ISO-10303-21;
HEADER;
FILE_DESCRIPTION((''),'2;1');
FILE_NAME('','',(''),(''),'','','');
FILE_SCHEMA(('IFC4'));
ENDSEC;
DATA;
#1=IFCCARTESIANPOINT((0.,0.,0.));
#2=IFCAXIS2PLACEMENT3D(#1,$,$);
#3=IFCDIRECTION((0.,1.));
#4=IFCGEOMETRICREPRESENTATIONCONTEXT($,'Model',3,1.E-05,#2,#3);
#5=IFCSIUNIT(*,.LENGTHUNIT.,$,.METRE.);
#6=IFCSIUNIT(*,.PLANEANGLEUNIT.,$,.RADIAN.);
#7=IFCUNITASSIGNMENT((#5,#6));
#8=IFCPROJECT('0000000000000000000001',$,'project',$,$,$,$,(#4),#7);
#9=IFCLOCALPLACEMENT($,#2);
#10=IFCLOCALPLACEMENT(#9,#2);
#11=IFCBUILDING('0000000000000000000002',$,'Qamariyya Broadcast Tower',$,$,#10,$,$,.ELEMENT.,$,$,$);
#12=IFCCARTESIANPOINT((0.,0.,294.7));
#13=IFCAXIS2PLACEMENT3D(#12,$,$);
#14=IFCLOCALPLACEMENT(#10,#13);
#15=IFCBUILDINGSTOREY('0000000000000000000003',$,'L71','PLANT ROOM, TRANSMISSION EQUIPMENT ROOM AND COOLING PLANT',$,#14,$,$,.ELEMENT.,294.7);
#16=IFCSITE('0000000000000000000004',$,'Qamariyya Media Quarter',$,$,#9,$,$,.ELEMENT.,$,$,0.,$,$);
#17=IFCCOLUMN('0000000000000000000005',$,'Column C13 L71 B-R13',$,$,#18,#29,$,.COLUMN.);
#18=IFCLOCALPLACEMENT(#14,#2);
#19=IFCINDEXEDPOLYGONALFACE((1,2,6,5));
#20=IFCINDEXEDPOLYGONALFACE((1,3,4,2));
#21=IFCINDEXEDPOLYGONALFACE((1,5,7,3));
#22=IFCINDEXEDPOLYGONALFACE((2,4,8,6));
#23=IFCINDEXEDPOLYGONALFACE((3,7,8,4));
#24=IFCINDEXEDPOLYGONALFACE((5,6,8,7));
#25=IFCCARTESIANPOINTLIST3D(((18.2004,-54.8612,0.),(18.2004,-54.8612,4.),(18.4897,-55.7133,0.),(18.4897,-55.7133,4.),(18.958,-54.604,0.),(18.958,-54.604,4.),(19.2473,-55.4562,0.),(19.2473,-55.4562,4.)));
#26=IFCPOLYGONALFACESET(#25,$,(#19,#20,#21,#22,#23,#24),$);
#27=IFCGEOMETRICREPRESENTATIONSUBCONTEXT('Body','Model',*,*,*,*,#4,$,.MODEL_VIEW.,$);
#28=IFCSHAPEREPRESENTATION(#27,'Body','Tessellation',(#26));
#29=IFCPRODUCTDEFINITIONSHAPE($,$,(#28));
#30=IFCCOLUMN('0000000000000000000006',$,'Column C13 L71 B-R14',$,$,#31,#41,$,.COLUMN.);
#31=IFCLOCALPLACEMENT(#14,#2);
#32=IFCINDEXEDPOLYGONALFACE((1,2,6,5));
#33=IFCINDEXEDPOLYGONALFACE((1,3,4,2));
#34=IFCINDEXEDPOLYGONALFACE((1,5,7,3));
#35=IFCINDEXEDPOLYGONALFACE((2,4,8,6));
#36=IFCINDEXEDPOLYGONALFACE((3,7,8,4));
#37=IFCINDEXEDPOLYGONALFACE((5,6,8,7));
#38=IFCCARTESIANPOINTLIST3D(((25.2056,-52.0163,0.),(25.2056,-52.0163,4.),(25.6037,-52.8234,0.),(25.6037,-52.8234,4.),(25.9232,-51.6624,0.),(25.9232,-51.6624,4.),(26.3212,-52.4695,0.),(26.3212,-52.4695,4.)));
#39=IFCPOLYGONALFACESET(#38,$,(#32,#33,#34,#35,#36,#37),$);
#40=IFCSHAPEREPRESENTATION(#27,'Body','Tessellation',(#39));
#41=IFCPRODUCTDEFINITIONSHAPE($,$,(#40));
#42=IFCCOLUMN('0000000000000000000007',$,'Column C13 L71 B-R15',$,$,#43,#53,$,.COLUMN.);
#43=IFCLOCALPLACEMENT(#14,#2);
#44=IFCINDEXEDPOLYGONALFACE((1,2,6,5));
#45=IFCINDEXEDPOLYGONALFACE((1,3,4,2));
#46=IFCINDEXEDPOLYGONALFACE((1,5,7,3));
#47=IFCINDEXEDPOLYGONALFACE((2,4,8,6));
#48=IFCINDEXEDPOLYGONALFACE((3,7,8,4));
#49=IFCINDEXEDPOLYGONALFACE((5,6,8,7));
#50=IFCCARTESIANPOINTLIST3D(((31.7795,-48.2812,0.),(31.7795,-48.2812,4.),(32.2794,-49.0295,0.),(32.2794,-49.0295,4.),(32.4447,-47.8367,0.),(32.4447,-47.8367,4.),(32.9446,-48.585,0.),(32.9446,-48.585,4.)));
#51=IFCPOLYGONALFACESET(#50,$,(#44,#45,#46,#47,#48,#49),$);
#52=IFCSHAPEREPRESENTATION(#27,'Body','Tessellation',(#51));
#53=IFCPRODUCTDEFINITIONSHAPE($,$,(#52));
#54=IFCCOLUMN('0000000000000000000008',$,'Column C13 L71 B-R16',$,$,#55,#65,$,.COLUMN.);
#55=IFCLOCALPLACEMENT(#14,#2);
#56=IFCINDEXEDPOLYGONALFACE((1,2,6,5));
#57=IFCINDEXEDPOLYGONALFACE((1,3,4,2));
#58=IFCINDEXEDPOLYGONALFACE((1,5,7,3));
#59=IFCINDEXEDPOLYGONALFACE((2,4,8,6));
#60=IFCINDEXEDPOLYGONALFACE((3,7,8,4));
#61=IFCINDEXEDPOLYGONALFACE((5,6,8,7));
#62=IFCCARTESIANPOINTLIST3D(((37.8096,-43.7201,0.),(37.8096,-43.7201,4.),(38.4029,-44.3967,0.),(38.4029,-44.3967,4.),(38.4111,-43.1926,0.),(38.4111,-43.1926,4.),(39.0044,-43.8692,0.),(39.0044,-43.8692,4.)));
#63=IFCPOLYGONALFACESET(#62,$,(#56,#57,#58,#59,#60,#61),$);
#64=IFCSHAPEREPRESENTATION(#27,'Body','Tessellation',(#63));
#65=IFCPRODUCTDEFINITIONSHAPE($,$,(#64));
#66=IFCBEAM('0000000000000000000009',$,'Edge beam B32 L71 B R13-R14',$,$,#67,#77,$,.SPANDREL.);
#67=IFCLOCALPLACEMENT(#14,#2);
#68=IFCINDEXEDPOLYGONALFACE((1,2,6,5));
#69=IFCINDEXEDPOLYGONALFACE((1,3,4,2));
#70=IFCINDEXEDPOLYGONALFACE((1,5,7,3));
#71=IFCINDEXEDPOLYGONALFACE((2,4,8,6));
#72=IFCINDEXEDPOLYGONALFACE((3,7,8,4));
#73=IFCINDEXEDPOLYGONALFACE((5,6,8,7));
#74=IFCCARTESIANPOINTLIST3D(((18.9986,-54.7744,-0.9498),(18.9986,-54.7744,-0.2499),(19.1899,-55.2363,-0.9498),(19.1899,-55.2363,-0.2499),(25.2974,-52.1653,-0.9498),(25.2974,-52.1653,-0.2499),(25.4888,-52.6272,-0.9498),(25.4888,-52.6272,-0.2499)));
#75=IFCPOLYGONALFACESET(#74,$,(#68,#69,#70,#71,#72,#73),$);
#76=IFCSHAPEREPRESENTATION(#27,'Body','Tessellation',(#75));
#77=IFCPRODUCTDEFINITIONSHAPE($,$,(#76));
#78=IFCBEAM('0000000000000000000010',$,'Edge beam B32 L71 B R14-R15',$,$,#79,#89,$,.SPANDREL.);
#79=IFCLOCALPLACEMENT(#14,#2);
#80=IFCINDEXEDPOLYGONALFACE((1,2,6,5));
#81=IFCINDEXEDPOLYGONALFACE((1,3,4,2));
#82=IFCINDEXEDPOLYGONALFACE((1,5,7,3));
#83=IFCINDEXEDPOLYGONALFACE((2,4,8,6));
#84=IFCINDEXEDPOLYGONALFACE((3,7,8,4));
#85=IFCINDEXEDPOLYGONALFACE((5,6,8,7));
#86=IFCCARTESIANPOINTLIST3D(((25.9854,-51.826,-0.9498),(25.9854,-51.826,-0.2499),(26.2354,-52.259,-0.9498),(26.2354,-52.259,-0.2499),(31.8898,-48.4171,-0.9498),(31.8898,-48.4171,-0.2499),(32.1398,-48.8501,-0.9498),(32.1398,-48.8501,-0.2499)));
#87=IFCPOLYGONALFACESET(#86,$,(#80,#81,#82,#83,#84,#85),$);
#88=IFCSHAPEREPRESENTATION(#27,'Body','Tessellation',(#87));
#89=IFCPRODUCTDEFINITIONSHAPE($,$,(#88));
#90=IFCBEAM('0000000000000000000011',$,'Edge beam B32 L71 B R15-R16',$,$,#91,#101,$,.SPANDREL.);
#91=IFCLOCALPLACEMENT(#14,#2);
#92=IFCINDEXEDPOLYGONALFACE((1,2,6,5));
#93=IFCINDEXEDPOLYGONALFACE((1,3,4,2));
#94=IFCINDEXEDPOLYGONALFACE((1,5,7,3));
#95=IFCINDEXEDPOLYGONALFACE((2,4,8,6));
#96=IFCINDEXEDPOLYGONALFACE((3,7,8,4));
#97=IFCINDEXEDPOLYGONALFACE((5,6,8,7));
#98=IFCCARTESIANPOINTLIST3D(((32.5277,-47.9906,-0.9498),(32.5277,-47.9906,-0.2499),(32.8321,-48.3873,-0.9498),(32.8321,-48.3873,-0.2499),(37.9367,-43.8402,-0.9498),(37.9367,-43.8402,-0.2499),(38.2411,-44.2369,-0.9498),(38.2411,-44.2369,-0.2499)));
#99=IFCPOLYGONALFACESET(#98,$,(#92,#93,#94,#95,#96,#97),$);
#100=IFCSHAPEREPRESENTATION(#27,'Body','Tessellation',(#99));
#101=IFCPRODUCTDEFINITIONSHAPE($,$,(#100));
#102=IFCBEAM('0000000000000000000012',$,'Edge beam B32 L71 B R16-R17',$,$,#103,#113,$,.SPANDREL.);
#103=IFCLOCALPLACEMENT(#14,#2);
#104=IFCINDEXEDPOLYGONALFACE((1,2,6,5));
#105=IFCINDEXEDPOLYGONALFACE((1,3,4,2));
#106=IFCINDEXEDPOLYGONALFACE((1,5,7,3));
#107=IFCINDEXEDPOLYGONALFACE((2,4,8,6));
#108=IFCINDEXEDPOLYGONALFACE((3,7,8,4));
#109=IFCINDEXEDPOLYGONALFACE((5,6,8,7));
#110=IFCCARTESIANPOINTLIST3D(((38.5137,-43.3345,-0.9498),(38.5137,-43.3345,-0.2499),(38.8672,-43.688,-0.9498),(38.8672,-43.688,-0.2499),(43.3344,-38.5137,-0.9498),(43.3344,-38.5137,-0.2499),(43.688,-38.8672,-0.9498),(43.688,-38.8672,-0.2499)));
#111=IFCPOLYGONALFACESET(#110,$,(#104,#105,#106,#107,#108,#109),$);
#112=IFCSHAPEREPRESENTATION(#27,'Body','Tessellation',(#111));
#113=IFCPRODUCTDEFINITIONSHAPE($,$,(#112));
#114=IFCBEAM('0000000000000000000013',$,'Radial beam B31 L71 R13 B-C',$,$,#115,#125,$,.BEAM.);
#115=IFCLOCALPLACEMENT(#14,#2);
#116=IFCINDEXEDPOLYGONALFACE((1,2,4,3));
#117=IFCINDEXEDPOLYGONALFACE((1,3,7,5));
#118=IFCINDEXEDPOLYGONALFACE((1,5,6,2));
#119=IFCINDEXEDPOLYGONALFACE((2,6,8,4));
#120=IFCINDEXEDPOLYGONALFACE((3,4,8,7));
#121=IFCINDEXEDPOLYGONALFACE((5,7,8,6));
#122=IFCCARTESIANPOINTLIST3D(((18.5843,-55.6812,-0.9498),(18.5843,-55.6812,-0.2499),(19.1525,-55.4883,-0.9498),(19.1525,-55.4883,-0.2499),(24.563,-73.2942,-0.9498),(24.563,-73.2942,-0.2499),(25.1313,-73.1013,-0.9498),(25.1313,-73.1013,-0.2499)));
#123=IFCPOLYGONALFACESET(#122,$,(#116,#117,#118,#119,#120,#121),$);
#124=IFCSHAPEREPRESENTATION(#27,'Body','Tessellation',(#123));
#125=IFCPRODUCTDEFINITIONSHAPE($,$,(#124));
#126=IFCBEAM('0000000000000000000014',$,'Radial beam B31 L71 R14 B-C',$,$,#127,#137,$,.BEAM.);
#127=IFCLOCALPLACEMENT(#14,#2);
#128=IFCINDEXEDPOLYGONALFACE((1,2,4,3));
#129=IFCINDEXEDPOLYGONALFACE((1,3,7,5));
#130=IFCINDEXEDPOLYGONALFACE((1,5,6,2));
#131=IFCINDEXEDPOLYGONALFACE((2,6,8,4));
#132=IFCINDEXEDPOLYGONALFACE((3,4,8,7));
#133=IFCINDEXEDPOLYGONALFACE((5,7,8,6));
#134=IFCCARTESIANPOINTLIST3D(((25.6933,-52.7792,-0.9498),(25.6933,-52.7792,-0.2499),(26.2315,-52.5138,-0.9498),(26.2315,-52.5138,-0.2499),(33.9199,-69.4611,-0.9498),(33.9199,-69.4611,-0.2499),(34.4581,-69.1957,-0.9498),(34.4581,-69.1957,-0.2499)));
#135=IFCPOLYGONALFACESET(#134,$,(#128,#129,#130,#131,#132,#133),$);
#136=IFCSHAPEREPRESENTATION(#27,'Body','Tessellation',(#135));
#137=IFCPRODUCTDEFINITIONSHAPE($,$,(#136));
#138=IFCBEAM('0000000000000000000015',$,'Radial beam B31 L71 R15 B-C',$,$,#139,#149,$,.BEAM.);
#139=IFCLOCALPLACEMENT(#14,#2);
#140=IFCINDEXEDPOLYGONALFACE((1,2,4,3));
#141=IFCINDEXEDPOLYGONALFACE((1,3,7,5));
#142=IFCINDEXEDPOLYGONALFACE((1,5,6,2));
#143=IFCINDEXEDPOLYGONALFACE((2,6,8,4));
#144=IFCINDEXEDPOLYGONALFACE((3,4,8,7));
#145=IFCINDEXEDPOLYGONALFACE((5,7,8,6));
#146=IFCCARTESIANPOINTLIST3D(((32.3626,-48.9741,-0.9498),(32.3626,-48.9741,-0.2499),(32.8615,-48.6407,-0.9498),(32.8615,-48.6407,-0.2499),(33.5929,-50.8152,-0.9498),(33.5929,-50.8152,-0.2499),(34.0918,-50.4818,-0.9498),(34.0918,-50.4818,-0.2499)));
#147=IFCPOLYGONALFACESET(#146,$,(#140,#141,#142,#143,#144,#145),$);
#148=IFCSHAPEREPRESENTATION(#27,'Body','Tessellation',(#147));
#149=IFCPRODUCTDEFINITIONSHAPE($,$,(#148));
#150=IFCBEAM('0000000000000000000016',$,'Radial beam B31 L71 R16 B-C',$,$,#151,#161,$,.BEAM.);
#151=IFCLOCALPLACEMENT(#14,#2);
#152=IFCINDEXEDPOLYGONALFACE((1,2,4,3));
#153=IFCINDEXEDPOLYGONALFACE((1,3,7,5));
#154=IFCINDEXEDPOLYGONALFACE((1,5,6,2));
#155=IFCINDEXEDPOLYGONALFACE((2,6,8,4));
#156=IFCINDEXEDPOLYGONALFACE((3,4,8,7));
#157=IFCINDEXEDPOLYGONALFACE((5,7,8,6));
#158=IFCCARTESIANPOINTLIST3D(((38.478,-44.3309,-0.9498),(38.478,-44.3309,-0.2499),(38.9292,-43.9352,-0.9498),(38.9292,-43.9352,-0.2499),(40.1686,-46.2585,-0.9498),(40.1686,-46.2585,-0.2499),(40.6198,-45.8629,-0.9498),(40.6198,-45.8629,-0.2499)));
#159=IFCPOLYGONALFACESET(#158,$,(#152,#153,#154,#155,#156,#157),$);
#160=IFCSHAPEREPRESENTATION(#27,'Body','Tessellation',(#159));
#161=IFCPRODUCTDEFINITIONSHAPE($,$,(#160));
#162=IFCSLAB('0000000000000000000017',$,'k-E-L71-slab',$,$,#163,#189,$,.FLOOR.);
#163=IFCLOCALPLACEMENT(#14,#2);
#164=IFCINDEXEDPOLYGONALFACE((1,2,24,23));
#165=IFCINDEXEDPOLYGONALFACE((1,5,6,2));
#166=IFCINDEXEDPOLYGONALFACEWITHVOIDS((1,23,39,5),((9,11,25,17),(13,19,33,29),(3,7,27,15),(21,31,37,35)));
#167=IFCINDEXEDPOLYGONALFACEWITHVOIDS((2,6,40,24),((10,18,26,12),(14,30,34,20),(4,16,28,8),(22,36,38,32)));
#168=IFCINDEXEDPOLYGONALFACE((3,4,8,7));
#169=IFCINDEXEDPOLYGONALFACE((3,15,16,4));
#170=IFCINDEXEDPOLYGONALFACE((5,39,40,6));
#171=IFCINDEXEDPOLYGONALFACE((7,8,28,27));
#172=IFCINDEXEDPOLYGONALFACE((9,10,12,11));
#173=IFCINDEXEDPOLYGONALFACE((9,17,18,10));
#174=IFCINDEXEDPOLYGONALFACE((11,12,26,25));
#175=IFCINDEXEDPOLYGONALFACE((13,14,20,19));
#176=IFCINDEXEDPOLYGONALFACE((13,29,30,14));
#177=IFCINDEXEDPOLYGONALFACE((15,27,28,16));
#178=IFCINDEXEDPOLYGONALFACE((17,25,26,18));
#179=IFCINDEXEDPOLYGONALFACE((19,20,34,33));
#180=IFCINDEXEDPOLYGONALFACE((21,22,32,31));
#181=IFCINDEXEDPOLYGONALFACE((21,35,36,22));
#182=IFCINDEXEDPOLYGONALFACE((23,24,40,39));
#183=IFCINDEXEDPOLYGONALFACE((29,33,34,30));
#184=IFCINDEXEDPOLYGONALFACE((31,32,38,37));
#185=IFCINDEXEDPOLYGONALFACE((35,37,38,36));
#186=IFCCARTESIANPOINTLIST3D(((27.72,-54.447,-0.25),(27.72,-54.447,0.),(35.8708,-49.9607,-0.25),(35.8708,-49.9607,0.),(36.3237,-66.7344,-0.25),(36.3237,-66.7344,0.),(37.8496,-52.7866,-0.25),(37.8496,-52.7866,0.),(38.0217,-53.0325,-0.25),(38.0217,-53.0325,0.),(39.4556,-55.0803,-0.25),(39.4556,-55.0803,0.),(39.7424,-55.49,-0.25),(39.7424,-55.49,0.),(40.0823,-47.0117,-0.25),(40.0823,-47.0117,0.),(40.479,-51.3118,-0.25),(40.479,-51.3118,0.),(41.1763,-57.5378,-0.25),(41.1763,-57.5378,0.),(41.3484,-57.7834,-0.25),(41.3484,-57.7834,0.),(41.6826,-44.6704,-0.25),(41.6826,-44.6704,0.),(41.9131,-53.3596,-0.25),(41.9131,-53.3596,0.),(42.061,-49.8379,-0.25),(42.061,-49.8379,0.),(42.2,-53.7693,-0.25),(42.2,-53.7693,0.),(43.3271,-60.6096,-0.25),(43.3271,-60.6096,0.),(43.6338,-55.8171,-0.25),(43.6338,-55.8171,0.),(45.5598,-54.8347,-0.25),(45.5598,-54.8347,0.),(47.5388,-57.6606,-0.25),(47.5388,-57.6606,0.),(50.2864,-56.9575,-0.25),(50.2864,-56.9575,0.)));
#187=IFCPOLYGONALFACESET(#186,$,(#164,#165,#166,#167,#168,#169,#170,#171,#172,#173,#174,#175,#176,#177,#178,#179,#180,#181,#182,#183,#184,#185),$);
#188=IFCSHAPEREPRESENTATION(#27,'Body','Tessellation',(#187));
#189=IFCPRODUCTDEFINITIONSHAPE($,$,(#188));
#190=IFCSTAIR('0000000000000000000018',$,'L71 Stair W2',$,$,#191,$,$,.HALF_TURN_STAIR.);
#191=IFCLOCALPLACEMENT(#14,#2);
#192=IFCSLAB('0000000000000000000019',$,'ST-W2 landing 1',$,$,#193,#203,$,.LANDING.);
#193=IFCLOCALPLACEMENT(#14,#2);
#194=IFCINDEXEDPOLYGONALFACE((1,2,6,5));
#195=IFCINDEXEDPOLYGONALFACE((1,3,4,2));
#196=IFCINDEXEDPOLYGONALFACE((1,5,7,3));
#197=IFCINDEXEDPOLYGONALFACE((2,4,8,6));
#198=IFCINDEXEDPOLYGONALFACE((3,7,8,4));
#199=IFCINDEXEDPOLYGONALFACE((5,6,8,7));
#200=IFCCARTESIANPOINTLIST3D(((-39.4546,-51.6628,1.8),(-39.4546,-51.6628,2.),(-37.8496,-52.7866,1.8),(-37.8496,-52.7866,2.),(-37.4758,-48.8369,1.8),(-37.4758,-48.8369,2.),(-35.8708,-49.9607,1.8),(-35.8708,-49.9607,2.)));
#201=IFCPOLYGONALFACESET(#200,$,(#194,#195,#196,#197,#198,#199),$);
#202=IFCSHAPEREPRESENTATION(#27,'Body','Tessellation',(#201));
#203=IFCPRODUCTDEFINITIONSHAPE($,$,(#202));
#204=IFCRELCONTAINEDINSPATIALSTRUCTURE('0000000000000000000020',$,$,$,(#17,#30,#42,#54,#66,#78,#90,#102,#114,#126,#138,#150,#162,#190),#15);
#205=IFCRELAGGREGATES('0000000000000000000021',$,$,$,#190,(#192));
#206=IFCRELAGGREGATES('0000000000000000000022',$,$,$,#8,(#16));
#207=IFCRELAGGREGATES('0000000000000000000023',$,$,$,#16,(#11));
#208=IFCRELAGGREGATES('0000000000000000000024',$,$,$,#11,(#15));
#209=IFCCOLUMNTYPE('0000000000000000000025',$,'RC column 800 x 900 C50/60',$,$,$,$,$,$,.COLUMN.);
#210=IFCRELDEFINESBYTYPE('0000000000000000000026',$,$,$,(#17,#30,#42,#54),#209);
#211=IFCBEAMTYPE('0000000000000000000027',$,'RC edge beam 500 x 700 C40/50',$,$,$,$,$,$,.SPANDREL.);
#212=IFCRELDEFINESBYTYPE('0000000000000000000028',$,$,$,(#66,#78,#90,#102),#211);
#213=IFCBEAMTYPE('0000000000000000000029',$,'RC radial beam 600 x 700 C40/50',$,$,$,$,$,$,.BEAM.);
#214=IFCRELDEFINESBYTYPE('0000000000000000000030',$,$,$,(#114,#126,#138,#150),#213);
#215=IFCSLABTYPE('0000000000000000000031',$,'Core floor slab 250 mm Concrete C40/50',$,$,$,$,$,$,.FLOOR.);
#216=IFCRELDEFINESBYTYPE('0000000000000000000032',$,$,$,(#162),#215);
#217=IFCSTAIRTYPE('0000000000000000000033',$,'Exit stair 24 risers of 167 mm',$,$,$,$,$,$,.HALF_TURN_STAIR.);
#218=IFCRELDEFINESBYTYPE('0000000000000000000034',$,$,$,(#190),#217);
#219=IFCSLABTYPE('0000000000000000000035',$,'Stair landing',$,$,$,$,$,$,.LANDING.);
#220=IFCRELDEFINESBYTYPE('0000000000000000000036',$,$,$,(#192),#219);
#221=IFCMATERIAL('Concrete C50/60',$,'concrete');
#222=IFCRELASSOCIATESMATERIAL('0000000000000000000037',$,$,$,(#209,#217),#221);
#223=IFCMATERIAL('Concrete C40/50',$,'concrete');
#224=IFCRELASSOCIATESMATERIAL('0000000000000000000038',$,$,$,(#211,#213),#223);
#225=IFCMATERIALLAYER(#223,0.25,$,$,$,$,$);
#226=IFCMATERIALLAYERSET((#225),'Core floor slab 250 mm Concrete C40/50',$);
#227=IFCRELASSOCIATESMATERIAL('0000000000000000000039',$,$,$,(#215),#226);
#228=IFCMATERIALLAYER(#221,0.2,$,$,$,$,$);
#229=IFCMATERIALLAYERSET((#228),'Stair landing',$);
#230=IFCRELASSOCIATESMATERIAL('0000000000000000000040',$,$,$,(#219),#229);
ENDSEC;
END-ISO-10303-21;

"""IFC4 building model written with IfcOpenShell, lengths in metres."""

from ifc_helpers import new_model, si_unit, direction, frame, origin, origin_2d, place, context, subcontext, project, spatial, polyline, rectangle, outline, extrude, material, layer, layer_set, material_profile, profile_set, type_object, element, aggregate, save


model = new_model("IFC4")

# Units and contexts
model_context = context("Model", 3, precision=1e-05, world=origin(), true_north=direction((0.0, 1.0)))
body_context = subcontext(model_context, "Body", "Model", "MODEL_VIEW")
ifc_project = project(units=[si_unit("LENGTHUNIT", "METRE"), si_unit("PLANEANGLEUNIT", "RADIAN")], contexts=[model_context])

# Site, building, storey
site_placement = place(None, origin())
site = spatial("IfcSite", under=ifc_project, at=site_placement, Name="Qamariyya Media Quarter", CompositionType="ELEMENT", RefElevation=0.0)
building_placement = place(site_placement, origin())
building = spatial("IfcBuilding", under=site, at=building_placement, Name="Qamariyya Broadcast Tower", CompositionType="ELEMENT")
storey_placement = place(building_placement, frame((0.0, 0.0, 294.7)))
storey = spatial("IfcBuildingStorey", under=building, at=storey_placement, Name="L71", Description="PLANT ROOM, TRANSMISSION EQUIPMENT ROOM AND COOLING PLANT", CompositionType="ELEMENT", Elevation=294.7)

# Columns
ifc_material_1 = material(Name="Concrete C50/60", Category="concrete")
ifc_material_profile_1 = material_profile(ifc_material_1, rectangle(XDim=0.8, YDim=0.8999, at=origin_2d()))
ifc_profile_set_1 = profile_set([ifc_material_profile_1], Name="Concrete C50/60")
column_type = type_object("IfcColumnType", Name="RC column 800 x 900 C50/60", PredefinedType="COLUMN", material=ifc_profile_set_1)
for number, where, z_axis, x_axis, name in (
    (1, (18.7239, -55.1587, 0.0), (0.0, 0.0, 1.0), (0.94693, 0.321439, 0.0), "Column C13 L71 B-R13"),
    (2, (25.7634, -52.2429, 0.0), (0.0, 0.0, 1.0), (0.896873, 0.442289, 0.0), "Column C13 L71 B-R14"),
    (3, (32.3621, -48.4331, 0.0), (0.0, 0.0, 1.0), (0.83147, 0.55557, 0.0), "Column C13 L71 B-R15"),
    (4, (38.407, -43.7947, 0.0), (0.0, 0.0, 1.0), (0.75184, 0.659346, 0.0), "Column C13 L71 B-R16"),
):
    element("IfcColumn", number, at=place(storey_placement, frame(where, z_axis=z_axis, x_axis=x_axis)), inside=storey, type_object=column_type, Name=name, PredefinedType="COLUMN", context=body_context, shape_type="SweptSolid", body=[
        extrude(rectangle(XDim=0.8, YDim=0.8999, at=origin_2d()), origin(), (0.0, 0.0, 1.0), 4.0),
    ])

# Beams
ifc_material_2 = material(Name="Concrete C40/50", Category="concrete")
ifc_material_profile_2 = material_profile(ifc_material_2, rectangle(XDim=0.5, YDim=0.7, at=origin_2d()))
ifc_profile_set_2 = profile_set([ifc_material_profile_2], Name="Concrete C40/50")
beam_type_1 = type_object("IfcBeamType", Name="RC edge beam 500 x 700 C40/50", PredefinedType="SPANDREL", material=ifc_profile_set_2)
for number, where, z_axis, x_axis, name in (
    (5, (19.0942, -55.0054, -0.5999), (0.923876, 0.382692, 0.0), (-0.382692, 0.923876, 0.0), "Edge beam B32 L71 B R13-R14"),
    (6, (26.1104, -52.0425, -0.5999), (0.866029, 0.499994, 0.0), (-0.499994, 0.866029, 0.0), "Edge beam B32 L71 B R14-R15"),
    (7, (32.6799, -48.189, -0.5999), (0.793356, 0.608759, 0.0), (-0.608759, 0.793356, 0.0), "Edge beam B32 L71 B R15-R16"),
):
    element("IfcBeam", number, at=place(storey_placement, frame(where, z_axis=z_axis, x_axis=x_axis)), inside=storey, type_object=beam_type_1, Name=name, PredefinedType="SPANDREL", context=body_context, shape_type="SweptSolid", body=[
        extrude(rectangle(XDim=0.5, YDim=0.7, at=origin_2d()), origin(), (0.0, 0.0, 1.0), 6.8179),
    ])
beam_1_placement = place(storey_placement, frame((38.6904, -43.5112, -0.5999), z_axis=(0.707107, 0.707107, 0.0), x_axis=(-0.707107, 0.707107, 0.0)))
element("IfcBeam", 8, at=beam_1_placement, inside=storey, type_object=beam_type_1, Name="Edge beam B32 L71 B R16-R17", PredefinedType="SPANDREL", context=body_context, shape_type="SweptSolid", body=[
    extrude(rectangle(XDim=0.5, YDim=0.7, at=origin_2d()), origin(), (0.0, 0.0, 1.0), 6.8176),
])
ifc_material_profile_3 = material_profile(ifc_material_2, rectangle(XDim=0.6001, YDim=0.7, at=origin_2d()))
ifc_profile_set_3 = profile_set([ifc_material_profile_3], Name="Concrete C40/50")
beam_type_2 = type_object("IfcBeamType", Name="RC radial beam 600 x 700 C40/50", PredefinedType="BEAM", material=ifc_profile_set_3)
for number, where, z_axis, x_axis, name in (
    (9, (18.8684, -55.5847, -0.5999), (0.321437, -0.946931, 0.0), (0.946931, 0.321437, 0.0), "Radial beam B31 L71 R13 B-C"),
    (10, (25.9624, -52.6465, -0.5999), (0.442287, -0.896873, 0.0), (0.896873, 0.442287, 0.0), "Radial beam B31 L71 R14 B-C"),
):
    element("IfcBeam", number, at=place(storey_placement, frame(where, z_axis=z_axis, x_axis=x_axis)), inside=storey, type_object=beam_type_2, Name=name, PredefinedType="BEAM", context=body_context, shape_type="SweptSolid", body=[
        extrude(rectangle(XDim=0.6001, YDim=0.7, at=origin_2d()), origin(), (0.0, 0.0, 1.0), 18.6001),
    ])
beam_2_placement = place(storey_placement, frame((32.6121, -48.8074, -0.5999), z_axis=(0.55559, -0.831456, 0.0), x_axis=(0.831456, 0.55559, 0.0)))
element("IfcBeam", 11, at=beam_2_placement, inside=storey, type_object=beam_type_2, Name="Radial beam B31 L71 R15 B-C", PredefinedType="BEAM", context=body_context, shape_type="SweptSolid", body=[
    extrude(rectangle(XDim=0.6001, YDim=0.7, at=origin_2d()), origin(), (0.0, 0.0, 1.0), 2.2144),
])
beam_3_placement = place(storey_placement, frame((38.7036, -44.1331, -0.5999), z_axis=(0.659367, -0.751821, 0.0), x_axis=(0.751821, 0.659367, 0.0)))
element("IfcBeam", 12, at=beam_3_placement, inside=storey, type_object=beam_type_2, Name="Radial beam B31 L71 R16 B-C", PredefinedType="BEAM", context=body_context, shape_type="SweptSolid", body=[
    extrude(rectangle(XDim=0.6001, YDim=0.7, at=origin_2d()), origin(), (0.0, 0.0, 1.0), 2.564),
])

# Slab
ifc_layer_1 = layer(ifc_material_2, 0.25)
ifc_layer_set_1 = layer_set([ifc_layer_1], Name="Core floor slab 250 mm Concrete C40/50")
slab_type_1 = type_object("IfcSlabType", Name="Core floor slab 250 mm Concrete C40/50", PredefinedType="FLOOR", material=ifc_layer_set_1)
slab_1_placement = place(storey_placement, frame((0.0, 0.0, -0.25)))
element("IfcSlab", 13, at=slab_1_placement, inside=storey, type_object=slab_type_1, Name="k-E-L71-slab", PredefinedType="FLOOR", context=body_context, shape_type="SweptSolid", body=[
    extrude(outline(polyline([(36.3237, -66.7344), (50.2864, -56.9575), (41.6826, -44.6704), (27.72, -54.447), (36.3237, -66.7344)]), holes=[polyline([(39.7424, -55.49), (42.2, -53.7693), (43.6338, -55.8171), (41.1763, -57.5378), (39.7424, -55.49)]), polyline([(39.4556, -55.0803), (41.9131, -53.3596), (40.479, -51.3118), (38.0217, -53.0325), (39.4556, -55.0803)]), polyline([(40.0823, -47.0117), (35.8708, -49.9607), (37.8496, -52.7866), (42.061, -49.8379), (40.0823, -47.0117)]), polyline([(45.5598, -54.8347), (41.3484, -57.7834), (43.3271, -60.6096), (47.5388, -57.6606), (45.5598, -54.8347)])]), origin(), (0.0, 0.0, 1.0), 0.25),
])

# Stair, slab
stair_type = type_object("IfcStairType", Name="Exit stair 24 risers of 167 mm", PredefinedType="HALF_TURN_STAIR", material=ifc_material_1)
stair_1_placement = place(storey_placement, origin())
stair_1 = element("IfcStair", 14, at=stair_1_placement, inside=storey, type_object=stair_type, Name="L71 Stair W2", PredefinedType="HALF_TURN_STAIR")
ifc_layer_2 = layer(ifc_material_1, 0.2)
ifc_layer_set_2 = layer_set([ifc_layer_2], Name="Stair landing")
slab_type_2 = type_object("IfcSlabType", Name="Stair landing", PredefinedType="LANDING", material=ifc_layer_set_2)
slab_2_placement = place(storey_placement, frame((0.0, 0.0, 1.8)))
slab_2 = element("IfcSlab", 15, at=slab_2_placement, type_object=slab_type_2, Name="ST-W2 landing 1", PredefinedType="LANDING", context=body_context, shape_type="SweptSolid", body=[
    extrude(outline(polyline([(-39.4546, -51.6628), (-37.8496, -52.7866), (-35.8708, -49.9607), (-37.4758, -48.8369), (-39.4546, -51.6628)])), origin(), (0.0, 0.0, 1.0), 0.2),
])
aggregate(stair_1, [slab_2])

save(model, "model.ifc")
